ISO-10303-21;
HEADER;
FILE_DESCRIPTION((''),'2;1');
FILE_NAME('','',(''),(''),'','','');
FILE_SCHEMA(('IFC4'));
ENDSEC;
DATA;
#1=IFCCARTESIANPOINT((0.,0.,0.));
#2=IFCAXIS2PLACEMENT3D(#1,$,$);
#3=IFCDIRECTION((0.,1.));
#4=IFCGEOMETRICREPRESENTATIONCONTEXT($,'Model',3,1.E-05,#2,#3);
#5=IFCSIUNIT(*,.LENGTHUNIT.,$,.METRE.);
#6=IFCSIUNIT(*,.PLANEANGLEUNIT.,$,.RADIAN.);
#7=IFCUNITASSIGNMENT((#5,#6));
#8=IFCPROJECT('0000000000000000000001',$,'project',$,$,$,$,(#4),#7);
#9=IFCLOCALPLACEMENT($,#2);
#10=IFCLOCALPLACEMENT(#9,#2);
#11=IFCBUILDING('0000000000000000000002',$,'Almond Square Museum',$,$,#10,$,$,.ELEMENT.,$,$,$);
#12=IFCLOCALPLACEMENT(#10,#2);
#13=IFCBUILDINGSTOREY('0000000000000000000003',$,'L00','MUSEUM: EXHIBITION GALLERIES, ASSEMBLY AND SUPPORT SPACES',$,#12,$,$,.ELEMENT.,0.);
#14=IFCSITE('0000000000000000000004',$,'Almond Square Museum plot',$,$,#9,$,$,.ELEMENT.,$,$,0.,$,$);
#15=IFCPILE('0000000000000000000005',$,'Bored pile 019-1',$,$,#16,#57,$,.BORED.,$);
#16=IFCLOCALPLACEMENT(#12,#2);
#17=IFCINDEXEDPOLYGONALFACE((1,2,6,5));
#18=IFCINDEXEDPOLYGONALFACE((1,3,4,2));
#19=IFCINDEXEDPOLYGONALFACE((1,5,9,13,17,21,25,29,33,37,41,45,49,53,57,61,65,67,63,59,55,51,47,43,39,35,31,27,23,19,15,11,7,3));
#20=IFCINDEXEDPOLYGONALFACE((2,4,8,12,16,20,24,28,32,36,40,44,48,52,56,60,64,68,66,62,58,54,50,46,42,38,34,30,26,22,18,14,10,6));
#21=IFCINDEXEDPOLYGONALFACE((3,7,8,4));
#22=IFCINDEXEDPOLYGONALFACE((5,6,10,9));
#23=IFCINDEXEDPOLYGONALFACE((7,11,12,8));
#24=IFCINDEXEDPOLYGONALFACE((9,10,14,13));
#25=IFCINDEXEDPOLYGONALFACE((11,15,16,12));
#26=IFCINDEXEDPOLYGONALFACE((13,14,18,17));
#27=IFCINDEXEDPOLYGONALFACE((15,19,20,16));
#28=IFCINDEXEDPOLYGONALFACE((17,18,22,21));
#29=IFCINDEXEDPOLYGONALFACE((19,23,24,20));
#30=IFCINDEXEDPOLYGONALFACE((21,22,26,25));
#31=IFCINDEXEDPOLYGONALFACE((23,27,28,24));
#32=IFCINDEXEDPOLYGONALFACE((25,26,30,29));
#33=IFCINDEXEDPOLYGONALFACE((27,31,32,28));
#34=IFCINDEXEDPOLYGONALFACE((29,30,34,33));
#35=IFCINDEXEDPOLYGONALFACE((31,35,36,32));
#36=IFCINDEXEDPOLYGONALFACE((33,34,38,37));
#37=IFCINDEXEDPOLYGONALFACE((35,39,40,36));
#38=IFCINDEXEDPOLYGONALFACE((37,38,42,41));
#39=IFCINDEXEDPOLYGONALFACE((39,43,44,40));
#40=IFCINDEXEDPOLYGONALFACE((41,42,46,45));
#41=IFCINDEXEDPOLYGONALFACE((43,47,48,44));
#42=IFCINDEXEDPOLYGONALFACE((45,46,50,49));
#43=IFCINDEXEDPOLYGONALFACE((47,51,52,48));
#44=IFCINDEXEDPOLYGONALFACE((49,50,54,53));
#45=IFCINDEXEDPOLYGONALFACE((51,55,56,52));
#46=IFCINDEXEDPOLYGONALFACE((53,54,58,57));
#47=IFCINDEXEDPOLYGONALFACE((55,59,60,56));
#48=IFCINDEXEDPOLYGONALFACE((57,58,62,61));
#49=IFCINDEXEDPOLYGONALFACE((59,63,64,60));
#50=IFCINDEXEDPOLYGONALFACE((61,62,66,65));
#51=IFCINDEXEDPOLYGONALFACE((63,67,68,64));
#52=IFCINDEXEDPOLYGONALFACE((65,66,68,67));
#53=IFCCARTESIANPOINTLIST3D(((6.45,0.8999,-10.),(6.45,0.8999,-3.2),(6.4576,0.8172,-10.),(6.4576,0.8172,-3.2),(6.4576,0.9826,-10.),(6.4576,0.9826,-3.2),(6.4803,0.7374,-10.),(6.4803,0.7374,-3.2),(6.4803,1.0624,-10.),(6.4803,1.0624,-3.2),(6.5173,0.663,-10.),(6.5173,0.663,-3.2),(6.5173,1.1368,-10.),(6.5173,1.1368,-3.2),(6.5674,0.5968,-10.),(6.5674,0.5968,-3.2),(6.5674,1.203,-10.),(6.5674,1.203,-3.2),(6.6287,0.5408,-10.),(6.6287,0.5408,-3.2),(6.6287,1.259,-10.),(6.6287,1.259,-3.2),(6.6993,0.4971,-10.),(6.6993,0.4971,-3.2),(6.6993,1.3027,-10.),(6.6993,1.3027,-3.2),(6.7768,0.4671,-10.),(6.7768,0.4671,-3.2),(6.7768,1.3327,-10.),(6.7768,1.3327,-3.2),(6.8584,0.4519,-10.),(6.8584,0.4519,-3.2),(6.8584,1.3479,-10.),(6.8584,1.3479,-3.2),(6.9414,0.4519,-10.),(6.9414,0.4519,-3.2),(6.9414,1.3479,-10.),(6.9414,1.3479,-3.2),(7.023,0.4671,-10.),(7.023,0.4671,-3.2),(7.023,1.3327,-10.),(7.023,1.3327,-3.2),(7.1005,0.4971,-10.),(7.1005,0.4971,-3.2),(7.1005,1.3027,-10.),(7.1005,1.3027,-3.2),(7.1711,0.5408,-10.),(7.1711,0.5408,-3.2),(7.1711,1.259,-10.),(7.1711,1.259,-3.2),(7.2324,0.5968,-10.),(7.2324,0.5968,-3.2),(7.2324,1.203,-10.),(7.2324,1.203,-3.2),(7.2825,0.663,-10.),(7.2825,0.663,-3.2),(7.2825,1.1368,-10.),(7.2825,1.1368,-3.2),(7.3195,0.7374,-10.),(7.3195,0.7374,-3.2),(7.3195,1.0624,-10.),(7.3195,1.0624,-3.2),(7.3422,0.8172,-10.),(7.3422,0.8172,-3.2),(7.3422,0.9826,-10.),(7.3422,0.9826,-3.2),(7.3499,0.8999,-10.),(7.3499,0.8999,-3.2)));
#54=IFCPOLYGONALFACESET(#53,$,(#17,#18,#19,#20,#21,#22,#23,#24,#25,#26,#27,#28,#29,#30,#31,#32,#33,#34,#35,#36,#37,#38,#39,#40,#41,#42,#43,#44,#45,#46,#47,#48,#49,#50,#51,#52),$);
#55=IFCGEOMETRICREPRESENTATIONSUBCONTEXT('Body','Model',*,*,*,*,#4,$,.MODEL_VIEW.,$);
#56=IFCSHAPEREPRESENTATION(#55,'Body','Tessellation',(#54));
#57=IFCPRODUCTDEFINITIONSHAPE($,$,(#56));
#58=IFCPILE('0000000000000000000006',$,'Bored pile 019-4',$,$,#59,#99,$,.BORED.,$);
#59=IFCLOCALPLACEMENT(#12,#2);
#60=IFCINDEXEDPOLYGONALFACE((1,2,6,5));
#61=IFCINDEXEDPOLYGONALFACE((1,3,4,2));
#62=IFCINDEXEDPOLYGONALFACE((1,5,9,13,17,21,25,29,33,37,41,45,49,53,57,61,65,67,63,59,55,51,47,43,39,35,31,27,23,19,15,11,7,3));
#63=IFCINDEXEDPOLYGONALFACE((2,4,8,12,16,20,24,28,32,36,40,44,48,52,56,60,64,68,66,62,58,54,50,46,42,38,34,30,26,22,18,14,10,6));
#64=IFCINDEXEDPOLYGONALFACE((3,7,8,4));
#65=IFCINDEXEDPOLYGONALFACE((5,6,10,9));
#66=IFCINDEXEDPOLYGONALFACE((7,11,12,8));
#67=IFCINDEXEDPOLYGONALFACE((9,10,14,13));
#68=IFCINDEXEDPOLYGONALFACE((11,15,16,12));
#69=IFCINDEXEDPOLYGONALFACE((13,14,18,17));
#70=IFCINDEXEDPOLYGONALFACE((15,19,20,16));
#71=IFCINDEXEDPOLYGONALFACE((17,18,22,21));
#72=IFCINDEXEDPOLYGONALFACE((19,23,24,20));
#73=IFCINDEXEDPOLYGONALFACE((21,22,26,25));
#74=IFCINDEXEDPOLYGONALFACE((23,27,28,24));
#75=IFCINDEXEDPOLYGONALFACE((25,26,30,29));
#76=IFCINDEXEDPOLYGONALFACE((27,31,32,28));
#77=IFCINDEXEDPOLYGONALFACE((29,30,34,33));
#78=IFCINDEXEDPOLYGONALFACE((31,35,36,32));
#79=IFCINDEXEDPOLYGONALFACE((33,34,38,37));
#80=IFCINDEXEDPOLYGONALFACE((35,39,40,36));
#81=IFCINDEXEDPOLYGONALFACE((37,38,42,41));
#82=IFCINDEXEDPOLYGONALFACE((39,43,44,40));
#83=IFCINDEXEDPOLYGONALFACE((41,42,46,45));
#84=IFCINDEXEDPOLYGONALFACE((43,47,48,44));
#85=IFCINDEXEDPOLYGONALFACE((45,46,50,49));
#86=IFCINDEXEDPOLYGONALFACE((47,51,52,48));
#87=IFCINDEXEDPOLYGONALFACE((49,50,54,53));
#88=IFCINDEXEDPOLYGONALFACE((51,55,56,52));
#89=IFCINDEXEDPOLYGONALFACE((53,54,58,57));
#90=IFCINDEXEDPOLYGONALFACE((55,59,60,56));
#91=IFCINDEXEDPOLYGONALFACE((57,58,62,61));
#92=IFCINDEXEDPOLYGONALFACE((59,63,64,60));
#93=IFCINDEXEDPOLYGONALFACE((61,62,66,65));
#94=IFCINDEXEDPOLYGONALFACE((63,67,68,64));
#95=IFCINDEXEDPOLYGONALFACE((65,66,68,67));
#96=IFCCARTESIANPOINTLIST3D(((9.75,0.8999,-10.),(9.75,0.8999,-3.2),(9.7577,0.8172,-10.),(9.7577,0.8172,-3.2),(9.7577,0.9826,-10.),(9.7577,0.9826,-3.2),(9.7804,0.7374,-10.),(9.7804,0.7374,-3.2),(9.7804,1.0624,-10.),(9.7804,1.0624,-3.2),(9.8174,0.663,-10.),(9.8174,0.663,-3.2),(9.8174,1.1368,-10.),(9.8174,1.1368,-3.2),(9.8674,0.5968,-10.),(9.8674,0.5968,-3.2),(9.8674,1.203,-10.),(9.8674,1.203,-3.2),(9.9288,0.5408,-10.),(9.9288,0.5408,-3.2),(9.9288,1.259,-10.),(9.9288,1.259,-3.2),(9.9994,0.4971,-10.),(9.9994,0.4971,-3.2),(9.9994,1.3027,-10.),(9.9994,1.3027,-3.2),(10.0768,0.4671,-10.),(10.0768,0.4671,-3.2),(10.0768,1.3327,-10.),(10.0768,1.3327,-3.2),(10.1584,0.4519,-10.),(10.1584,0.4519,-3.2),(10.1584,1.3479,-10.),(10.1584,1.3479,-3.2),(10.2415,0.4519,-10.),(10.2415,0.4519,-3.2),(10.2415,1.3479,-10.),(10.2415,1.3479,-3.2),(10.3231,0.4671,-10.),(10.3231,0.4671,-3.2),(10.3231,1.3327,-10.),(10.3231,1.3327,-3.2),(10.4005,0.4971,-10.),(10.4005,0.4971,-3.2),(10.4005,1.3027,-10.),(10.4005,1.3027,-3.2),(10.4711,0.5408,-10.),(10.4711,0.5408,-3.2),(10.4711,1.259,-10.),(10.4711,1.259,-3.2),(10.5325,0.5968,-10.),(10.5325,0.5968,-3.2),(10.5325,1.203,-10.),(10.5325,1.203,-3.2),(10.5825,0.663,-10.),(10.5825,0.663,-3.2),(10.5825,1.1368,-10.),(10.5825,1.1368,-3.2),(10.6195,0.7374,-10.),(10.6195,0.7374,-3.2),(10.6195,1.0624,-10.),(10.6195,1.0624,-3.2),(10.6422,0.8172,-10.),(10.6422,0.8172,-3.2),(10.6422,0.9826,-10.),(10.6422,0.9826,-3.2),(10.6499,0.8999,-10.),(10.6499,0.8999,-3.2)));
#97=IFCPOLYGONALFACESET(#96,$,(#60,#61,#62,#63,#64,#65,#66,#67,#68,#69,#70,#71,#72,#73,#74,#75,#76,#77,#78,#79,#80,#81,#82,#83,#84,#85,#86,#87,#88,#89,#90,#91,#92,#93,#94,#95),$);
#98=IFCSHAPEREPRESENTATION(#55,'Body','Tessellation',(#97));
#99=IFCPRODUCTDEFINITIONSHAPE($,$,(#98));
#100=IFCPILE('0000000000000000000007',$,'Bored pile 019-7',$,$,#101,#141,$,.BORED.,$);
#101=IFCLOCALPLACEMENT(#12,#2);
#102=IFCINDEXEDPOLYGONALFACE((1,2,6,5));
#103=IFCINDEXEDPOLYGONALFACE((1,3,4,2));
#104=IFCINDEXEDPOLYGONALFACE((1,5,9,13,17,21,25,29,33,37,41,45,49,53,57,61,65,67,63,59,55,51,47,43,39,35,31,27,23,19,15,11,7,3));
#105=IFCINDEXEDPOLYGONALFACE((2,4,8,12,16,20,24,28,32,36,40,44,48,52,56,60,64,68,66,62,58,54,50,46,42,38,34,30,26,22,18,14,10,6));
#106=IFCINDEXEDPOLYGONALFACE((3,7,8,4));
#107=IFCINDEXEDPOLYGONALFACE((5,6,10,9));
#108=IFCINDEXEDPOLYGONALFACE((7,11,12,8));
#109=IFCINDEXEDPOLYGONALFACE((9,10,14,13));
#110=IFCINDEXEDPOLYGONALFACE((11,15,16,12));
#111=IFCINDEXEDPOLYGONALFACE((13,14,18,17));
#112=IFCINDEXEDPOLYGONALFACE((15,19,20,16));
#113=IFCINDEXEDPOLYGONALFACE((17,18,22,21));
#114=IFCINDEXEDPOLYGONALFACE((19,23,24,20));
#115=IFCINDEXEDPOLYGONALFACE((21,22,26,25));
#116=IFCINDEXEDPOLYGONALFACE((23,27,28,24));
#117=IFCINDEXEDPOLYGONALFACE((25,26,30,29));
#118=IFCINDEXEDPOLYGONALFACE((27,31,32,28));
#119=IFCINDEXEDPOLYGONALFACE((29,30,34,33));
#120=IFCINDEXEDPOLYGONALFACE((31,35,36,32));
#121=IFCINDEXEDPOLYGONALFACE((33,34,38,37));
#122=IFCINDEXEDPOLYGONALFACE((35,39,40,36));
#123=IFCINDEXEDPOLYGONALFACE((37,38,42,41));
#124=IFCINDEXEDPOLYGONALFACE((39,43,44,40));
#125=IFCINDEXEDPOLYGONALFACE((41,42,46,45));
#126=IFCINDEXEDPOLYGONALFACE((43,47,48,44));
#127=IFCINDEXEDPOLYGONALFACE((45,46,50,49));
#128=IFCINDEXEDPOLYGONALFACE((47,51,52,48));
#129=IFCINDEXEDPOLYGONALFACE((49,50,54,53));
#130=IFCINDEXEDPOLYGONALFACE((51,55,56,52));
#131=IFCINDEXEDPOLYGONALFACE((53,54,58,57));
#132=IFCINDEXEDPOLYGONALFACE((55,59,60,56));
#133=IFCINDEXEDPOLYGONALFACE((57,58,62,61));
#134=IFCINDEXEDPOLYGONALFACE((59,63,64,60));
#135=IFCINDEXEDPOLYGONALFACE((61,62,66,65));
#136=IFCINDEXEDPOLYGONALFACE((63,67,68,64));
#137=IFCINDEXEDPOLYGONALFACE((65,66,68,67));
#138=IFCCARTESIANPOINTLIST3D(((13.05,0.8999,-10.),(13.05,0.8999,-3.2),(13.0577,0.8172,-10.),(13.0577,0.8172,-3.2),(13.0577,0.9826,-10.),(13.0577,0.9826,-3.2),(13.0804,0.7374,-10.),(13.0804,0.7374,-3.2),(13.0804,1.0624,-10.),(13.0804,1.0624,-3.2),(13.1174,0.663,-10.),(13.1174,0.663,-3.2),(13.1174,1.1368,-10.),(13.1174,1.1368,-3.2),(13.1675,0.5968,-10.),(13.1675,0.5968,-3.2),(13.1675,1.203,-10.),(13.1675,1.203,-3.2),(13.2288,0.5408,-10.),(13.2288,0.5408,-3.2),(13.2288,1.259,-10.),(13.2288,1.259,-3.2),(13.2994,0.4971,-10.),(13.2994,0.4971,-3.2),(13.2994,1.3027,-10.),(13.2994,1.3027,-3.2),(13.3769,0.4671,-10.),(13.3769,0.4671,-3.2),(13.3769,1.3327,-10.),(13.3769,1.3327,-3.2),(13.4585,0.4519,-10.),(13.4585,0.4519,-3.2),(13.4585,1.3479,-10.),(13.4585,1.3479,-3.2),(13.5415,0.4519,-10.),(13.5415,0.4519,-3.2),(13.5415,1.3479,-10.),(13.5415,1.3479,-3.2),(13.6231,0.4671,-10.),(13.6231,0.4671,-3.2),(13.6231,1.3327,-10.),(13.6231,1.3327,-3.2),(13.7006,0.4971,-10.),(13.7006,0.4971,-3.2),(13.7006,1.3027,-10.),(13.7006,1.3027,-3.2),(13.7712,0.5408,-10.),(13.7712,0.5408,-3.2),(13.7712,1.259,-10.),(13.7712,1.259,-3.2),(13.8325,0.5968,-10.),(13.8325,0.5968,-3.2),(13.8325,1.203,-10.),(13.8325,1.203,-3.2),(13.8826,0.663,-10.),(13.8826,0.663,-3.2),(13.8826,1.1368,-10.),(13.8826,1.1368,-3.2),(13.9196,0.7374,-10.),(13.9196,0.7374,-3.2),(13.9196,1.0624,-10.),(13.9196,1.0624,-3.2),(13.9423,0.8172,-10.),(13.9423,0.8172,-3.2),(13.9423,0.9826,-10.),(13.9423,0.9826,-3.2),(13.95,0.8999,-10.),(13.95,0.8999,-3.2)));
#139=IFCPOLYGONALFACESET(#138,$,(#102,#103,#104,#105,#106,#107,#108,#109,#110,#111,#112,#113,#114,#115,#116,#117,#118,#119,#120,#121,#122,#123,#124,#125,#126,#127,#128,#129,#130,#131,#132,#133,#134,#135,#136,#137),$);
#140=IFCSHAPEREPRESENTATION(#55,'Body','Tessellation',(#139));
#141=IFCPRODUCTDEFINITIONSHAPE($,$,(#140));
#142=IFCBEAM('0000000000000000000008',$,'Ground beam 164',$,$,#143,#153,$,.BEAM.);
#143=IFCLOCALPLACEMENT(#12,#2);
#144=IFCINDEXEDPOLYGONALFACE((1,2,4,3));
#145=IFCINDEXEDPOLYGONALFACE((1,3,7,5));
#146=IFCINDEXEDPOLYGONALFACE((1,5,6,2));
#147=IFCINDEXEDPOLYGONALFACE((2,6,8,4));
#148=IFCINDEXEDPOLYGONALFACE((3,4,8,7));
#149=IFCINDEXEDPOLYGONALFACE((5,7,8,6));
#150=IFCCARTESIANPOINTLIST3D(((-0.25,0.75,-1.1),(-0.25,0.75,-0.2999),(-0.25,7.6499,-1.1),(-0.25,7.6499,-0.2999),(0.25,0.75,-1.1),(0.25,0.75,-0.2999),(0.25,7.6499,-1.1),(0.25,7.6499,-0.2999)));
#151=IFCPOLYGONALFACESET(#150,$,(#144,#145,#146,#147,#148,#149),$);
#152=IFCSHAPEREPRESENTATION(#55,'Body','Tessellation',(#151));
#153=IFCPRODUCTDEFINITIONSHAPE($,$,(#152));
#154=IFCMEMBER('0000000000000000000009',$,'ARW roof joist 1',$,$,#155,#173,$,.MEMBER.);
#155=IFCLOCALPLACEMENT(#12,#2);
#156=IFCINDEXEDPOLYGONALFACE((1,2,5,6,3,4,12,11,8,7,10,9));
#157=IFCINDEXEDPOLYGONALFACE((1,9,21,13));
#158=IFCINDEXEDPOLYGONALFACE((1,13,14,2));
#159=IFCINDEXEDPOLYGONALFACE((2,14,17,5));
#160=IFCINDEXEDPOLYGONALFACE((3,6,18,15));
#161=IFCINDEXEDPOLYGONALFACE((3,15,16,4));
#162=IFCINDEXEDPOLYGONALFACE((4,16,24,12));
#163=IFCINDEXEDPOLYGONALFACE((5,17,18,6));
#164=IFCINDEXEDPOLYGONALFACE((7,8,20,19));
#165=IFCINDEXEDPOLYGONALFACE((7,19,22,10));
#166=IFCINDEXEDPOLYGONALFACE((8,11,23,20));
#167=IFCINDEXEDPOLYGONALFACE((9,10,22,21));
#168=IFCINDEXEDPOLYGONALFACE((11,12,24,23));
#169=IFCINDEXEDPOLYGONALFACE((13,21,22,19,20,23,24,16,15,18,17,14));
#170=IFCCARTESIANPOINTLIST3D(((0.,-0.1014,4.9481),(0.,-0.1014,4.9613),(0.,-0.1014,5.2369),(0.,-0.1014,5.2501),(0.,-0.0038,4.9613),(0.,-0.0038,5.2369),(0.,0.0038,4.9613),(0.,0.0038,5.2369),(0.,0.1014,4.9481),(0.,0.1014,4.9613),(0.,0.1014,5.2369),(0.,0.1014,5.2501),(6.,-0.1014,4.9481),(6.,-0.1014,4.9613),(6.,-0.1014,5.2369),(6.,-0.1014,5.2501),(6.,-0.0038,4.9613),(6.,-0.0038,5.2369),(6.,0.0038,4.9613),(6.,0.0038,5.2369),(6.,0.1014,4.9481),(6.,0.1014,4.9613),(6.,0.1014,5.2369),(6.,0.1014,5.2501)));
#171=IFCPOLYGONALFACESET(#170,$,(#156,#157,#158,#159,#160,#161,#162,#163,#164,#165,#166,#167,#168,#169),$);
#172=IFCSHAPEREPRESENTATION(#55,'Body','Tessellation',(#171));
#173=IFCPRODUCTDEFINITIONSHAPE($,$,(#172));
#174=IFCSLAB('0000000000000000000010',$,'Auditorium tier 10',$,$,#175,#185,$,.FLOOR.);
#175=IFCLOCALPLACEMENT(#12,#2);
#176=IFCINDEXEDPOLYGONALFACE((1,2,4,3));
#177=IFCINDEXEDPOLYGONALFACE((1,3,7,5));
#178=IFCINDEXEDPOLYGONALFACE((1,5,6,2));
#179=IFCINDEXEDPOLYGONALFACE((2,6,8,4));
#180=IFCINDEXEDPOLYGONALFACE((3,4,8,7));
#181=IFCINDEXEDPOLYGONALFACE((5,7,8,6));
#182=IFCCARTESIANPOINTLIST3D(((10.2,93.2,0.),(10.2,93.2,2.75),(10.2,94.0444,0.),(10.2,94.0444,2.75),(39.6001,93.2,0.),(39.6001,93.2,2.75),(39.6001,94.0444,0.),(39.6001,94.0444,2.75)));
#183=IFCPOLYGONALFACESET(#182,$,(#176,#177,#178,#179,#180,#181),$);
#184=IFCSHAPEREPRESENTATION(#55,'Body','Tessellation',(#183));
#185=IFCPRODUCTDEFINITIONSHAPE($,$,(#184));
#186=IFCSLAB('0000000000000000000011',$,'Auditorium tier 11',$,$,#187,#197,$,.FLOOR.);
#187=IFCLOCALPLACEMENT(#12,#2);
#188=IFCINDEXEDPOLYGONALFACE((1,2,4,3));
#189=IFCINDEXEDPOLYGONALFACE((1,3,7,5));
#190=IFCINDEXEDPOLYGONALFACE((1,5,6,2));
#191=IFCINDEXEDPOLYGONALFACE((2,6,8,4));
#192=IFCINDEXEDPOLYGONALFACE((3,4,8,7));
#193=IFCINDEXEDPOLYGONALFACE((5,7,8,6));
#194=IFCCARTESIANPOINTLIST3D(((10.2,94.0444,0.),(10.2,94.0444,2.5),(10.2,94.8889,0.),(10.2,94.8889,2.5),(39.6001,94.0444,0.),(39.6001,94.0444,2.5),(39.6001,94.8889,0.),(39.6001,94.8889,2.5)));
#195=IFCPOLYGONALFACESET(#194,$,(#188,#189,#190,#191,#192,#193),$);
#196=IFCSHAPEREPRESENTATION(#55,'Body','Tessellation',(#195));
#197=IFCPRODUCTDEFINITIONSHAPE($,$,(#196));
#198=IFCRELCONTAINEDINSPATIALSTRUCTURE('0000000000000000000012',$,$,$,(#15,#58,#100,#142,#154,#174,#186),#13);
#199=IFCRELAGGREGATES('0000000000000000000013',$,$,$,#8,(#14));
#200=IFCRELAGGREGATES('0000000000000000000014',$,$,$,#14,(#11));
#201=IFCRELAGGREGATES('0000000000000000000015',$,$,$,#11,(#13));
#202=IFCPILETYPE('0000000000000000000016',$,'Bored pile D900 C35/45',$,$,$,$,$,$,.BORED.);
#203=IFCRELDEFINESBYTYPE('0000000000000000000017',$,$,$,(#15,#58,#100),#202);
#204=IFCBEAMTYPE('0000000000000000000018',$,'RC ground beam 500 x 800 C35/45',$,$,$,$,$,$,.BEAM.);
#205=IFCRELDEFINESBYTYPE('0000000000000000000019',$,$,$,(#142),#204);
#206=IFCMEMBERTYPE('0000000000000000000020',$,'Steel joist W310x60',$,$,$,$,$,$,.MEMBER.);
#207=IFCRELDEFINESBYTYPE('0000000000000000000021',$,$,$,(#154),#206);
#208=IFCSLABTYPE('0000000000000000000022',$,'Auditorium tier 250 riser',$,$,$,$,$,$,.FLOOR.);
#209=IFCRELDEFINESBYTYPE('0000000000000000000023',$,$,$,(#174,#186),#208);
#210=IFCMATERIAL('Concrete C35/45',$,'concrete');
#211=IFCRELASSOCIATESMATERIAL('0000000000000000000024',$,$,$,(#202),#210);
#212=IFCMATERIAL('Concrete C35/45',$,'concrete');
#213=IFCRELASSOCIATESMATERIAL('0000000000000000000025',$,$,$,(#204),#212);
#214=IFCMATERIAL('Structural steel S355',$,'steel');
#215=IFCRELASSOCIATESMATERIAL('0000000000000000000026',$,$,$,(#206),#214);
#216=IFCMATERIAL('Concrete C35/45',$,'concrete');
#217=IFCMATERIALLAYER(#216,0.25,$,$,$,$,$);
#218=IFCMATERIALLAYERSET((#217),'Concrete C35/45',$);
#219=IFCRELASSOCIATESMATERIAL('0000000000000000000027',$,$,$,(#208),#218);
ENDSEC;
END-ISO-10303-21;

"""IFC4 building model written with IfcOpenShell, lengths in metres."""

from ifc_helpers import new_model, si_unit, direction, frame, origin, origin_2d, place, context, subcontext, project, spatial, polyline, rectangle, circle, i_section, outline, extrude, material, layer, layer_set, material_profile, profile_set, type_object, element, save


model = new_model("IFC4")

# Units and contexts
model_context = context("Model", 3, precision=1e-05, world=origin(), true_north=direction((0.0, 1.0)))
body_context = subcontext(model_context, "Body", "Model", "MODEL_VIEW")
ifc_project = project(units=[si_unit("LENGTHUNIT", "METRE"), si_unit("PLANEANGLEUNIT", "RADIAN")], contexts=[model_context])

# Site, building, storey
site_placement = place(None, origin())
site = spatial("IfcSite", under=ifc_project, at=site_placement, Name="Almond Square Museum plot", CompositionType="ELEMENT", RefElevation=0.0)
building_placement = place(site_placement, origin())
building = spatial("IfcBuilding", under=site, at=building_placement, Name="Almond Square Museum", CompositionType="ELEMENT")
storey_placement = place(building_placement, origin())
storey = spatial("IfcBuildingStorey", under=building, at=storey_placement, Name="L00", Description="MUSEUM: EXHIBITION GALLERIES, ASSEMBLY AND SUPPORT SPACES", CompositionType="ELEMENT", Elevation=0.0)

# Piles
ifc_material_1 = material(Name="Concrete C35/45", Category="concrete")
ifc_material_profile_1 = material_profile(ifc_material_1, circle(Radius=0.45, at=origin_2d()))
ifc_profile_set_1 = profile_set([ifc_material_profile_1], Name="Concrete C35/45")
pile_type = type_object("IfcPileType", Name="Bored pile D900 C35/45", PredefinedType="BORED", material=ifc_profile_set_1)
for number, where, z_axis, x_axis, name in (
    (1, (6.8999, 0.8999, -3.2), (0.0, 0.0, -1.0), (1.0, 0.0, 0.0), "Bored pile 019-1"),
    (2, (10.2, 0.8999, -3.2), (0.0, 0.0, -1.0), (1.0, 0.0, 0.0), "Bored pile 019-4"),
    (3, (13.5, 0.8999, -3.2), (0.0, 0.0, -1.0), (1.0, 0.0, 0.0), "Bored pile 019-7"),
):
    element("IfcPile", number, at=place(storey_placement, frame(where, z_axis=z_axis, x_axis=x_axis)), inside=storey, type_object=pile_type, Name=name, PredefinedType="BORED", context=body_context, shape_type="SweptSolid", body=[
        extrude(circle(Radius=0.45, at=origin_2d()), origin(), (0.0, 0.0, 1.0), 6.8),
    ])

# Beam
ifc_material_2 = material(Name="Concrete C35/45", Category="concrete")
ifc_material_profile_2 = material_profile(ifc_material_2, rectangle(XDim=0.5, YDim=0.8, at=origin_2d()))
ifc_profile_set_2 = profile_set([ifc_material_profile_2], Name="Concrete C35/45")
beam_type = type_object("IfcBeamType", Name="RC ground beam 500 x 800 C35/45", PredefinedType="BEAM", material=ifc_profile_set_2)
beam_placement = place(storey_placement, frame((0.0, 0.75, -0.7), z_axis=(0.0, 1.0, 0.0), x_axis=(-1.0, 0.0, 0.0)))
element("IfcBeam", 4, at=beam_placement, inside=storey, type_object=beam_type, Name="Ground beam 164", PredefinedType="BEAM", context=body_context, shape_type="SweptSolid", body=[
    extrude(rectangle(XDim=0.5, YDim=0.8, at=origin_2d()), origin(), (0.0, 0.0, 1.0), 6.8999),
])

# Member
ifc_material_3 = material(Name="Structural steel S355", Category="steel")
ifc_material_profile_3 = material_profile(ifc_material_3, i_section(OverallWidth=0.2029, OverallDepth=0.302, WebThickness=0.0076, FlangeThickness=0.0132, at=origin_2d()))
ifc_profile_set_3 = profile_set([ifc_material_profile_3], Name="Structural steel S355")
member_type = type_object("IfcMemberType", Name="Steel joist W310x60", PredefinedType="MEMBER", material=ifc_profile_set_3)
member_placement = place(storey_placement, frame((6.0, 0.0, 5.0991), z_axis=(-1.0, 0.0, 0.0), x_axis=(0.0, -1.0, 0.0)))
element("IfcMember", 5, at=member_placement, inside=storey, type_object=member_type, Name="ARW roof joist 1", PredefinedType="MEMBER", context=body_context, shape_type="SweptSolid", body=[
    extrude(i_section(OverallWidth=0.2029, OverallDepth=0.302, WebThickness=0.0076, FlangeThickness=0.0132, at=origin_2d()), origin(), (0.0, 0.0, 1.0), 6.0),
])

# Slabs
ifc_material_4 = material(Name="Concrete C35/45", Category="concrete")
ifc_layer_1 = layer(ifc_material_4, 0.25)
ifc_layer_set_1 = layer_set([ifc_layer_1], Name="Concrete C35/45")
slab_type_1 = type_object("IfcSlabType", Name="Auditorium tier 250 riser", PredefinedType="FLOOR", material=ifc_layer_set_1)
slab_1_placement = place(storey_placement, origin())
element("IfcSlab", 6, at=slab_1_placement, inside=storey, type_object=slab_type_1, Name="Auditorium tier 10", PredefinedType="FLOOR", context=body_context, shape_type="SweptSolid", body=[
    extrude(outline(polyline([(10.2, 93.2), (39.6001, 93.2), (39.6001, 94.0444), (10.2, 94.0444), (10.2, 93.2)])), origin(), (0.0, 0.0, 1.0), 2.75),
])
slab_2_placement = place(storey_placement, origin())
element("IfcSlab", 7, at=slab_2_placement, inside=storey, type_object=slab_type_1, Name="Auditorium tier 11", PredefinedType="FLOOR", context=body_context, shape_type="SweptSolid", body=[
    extrude(outline(polyline([(10.2, 94.0444), (39.6001, 94.0444), (39.6001, 94.8889), (10.2, 94.8889), (10.2, 94.0444)])), origin(), (0.0, 0.0, 1.0), 2.5),
])

save(model, "model.ifc")
